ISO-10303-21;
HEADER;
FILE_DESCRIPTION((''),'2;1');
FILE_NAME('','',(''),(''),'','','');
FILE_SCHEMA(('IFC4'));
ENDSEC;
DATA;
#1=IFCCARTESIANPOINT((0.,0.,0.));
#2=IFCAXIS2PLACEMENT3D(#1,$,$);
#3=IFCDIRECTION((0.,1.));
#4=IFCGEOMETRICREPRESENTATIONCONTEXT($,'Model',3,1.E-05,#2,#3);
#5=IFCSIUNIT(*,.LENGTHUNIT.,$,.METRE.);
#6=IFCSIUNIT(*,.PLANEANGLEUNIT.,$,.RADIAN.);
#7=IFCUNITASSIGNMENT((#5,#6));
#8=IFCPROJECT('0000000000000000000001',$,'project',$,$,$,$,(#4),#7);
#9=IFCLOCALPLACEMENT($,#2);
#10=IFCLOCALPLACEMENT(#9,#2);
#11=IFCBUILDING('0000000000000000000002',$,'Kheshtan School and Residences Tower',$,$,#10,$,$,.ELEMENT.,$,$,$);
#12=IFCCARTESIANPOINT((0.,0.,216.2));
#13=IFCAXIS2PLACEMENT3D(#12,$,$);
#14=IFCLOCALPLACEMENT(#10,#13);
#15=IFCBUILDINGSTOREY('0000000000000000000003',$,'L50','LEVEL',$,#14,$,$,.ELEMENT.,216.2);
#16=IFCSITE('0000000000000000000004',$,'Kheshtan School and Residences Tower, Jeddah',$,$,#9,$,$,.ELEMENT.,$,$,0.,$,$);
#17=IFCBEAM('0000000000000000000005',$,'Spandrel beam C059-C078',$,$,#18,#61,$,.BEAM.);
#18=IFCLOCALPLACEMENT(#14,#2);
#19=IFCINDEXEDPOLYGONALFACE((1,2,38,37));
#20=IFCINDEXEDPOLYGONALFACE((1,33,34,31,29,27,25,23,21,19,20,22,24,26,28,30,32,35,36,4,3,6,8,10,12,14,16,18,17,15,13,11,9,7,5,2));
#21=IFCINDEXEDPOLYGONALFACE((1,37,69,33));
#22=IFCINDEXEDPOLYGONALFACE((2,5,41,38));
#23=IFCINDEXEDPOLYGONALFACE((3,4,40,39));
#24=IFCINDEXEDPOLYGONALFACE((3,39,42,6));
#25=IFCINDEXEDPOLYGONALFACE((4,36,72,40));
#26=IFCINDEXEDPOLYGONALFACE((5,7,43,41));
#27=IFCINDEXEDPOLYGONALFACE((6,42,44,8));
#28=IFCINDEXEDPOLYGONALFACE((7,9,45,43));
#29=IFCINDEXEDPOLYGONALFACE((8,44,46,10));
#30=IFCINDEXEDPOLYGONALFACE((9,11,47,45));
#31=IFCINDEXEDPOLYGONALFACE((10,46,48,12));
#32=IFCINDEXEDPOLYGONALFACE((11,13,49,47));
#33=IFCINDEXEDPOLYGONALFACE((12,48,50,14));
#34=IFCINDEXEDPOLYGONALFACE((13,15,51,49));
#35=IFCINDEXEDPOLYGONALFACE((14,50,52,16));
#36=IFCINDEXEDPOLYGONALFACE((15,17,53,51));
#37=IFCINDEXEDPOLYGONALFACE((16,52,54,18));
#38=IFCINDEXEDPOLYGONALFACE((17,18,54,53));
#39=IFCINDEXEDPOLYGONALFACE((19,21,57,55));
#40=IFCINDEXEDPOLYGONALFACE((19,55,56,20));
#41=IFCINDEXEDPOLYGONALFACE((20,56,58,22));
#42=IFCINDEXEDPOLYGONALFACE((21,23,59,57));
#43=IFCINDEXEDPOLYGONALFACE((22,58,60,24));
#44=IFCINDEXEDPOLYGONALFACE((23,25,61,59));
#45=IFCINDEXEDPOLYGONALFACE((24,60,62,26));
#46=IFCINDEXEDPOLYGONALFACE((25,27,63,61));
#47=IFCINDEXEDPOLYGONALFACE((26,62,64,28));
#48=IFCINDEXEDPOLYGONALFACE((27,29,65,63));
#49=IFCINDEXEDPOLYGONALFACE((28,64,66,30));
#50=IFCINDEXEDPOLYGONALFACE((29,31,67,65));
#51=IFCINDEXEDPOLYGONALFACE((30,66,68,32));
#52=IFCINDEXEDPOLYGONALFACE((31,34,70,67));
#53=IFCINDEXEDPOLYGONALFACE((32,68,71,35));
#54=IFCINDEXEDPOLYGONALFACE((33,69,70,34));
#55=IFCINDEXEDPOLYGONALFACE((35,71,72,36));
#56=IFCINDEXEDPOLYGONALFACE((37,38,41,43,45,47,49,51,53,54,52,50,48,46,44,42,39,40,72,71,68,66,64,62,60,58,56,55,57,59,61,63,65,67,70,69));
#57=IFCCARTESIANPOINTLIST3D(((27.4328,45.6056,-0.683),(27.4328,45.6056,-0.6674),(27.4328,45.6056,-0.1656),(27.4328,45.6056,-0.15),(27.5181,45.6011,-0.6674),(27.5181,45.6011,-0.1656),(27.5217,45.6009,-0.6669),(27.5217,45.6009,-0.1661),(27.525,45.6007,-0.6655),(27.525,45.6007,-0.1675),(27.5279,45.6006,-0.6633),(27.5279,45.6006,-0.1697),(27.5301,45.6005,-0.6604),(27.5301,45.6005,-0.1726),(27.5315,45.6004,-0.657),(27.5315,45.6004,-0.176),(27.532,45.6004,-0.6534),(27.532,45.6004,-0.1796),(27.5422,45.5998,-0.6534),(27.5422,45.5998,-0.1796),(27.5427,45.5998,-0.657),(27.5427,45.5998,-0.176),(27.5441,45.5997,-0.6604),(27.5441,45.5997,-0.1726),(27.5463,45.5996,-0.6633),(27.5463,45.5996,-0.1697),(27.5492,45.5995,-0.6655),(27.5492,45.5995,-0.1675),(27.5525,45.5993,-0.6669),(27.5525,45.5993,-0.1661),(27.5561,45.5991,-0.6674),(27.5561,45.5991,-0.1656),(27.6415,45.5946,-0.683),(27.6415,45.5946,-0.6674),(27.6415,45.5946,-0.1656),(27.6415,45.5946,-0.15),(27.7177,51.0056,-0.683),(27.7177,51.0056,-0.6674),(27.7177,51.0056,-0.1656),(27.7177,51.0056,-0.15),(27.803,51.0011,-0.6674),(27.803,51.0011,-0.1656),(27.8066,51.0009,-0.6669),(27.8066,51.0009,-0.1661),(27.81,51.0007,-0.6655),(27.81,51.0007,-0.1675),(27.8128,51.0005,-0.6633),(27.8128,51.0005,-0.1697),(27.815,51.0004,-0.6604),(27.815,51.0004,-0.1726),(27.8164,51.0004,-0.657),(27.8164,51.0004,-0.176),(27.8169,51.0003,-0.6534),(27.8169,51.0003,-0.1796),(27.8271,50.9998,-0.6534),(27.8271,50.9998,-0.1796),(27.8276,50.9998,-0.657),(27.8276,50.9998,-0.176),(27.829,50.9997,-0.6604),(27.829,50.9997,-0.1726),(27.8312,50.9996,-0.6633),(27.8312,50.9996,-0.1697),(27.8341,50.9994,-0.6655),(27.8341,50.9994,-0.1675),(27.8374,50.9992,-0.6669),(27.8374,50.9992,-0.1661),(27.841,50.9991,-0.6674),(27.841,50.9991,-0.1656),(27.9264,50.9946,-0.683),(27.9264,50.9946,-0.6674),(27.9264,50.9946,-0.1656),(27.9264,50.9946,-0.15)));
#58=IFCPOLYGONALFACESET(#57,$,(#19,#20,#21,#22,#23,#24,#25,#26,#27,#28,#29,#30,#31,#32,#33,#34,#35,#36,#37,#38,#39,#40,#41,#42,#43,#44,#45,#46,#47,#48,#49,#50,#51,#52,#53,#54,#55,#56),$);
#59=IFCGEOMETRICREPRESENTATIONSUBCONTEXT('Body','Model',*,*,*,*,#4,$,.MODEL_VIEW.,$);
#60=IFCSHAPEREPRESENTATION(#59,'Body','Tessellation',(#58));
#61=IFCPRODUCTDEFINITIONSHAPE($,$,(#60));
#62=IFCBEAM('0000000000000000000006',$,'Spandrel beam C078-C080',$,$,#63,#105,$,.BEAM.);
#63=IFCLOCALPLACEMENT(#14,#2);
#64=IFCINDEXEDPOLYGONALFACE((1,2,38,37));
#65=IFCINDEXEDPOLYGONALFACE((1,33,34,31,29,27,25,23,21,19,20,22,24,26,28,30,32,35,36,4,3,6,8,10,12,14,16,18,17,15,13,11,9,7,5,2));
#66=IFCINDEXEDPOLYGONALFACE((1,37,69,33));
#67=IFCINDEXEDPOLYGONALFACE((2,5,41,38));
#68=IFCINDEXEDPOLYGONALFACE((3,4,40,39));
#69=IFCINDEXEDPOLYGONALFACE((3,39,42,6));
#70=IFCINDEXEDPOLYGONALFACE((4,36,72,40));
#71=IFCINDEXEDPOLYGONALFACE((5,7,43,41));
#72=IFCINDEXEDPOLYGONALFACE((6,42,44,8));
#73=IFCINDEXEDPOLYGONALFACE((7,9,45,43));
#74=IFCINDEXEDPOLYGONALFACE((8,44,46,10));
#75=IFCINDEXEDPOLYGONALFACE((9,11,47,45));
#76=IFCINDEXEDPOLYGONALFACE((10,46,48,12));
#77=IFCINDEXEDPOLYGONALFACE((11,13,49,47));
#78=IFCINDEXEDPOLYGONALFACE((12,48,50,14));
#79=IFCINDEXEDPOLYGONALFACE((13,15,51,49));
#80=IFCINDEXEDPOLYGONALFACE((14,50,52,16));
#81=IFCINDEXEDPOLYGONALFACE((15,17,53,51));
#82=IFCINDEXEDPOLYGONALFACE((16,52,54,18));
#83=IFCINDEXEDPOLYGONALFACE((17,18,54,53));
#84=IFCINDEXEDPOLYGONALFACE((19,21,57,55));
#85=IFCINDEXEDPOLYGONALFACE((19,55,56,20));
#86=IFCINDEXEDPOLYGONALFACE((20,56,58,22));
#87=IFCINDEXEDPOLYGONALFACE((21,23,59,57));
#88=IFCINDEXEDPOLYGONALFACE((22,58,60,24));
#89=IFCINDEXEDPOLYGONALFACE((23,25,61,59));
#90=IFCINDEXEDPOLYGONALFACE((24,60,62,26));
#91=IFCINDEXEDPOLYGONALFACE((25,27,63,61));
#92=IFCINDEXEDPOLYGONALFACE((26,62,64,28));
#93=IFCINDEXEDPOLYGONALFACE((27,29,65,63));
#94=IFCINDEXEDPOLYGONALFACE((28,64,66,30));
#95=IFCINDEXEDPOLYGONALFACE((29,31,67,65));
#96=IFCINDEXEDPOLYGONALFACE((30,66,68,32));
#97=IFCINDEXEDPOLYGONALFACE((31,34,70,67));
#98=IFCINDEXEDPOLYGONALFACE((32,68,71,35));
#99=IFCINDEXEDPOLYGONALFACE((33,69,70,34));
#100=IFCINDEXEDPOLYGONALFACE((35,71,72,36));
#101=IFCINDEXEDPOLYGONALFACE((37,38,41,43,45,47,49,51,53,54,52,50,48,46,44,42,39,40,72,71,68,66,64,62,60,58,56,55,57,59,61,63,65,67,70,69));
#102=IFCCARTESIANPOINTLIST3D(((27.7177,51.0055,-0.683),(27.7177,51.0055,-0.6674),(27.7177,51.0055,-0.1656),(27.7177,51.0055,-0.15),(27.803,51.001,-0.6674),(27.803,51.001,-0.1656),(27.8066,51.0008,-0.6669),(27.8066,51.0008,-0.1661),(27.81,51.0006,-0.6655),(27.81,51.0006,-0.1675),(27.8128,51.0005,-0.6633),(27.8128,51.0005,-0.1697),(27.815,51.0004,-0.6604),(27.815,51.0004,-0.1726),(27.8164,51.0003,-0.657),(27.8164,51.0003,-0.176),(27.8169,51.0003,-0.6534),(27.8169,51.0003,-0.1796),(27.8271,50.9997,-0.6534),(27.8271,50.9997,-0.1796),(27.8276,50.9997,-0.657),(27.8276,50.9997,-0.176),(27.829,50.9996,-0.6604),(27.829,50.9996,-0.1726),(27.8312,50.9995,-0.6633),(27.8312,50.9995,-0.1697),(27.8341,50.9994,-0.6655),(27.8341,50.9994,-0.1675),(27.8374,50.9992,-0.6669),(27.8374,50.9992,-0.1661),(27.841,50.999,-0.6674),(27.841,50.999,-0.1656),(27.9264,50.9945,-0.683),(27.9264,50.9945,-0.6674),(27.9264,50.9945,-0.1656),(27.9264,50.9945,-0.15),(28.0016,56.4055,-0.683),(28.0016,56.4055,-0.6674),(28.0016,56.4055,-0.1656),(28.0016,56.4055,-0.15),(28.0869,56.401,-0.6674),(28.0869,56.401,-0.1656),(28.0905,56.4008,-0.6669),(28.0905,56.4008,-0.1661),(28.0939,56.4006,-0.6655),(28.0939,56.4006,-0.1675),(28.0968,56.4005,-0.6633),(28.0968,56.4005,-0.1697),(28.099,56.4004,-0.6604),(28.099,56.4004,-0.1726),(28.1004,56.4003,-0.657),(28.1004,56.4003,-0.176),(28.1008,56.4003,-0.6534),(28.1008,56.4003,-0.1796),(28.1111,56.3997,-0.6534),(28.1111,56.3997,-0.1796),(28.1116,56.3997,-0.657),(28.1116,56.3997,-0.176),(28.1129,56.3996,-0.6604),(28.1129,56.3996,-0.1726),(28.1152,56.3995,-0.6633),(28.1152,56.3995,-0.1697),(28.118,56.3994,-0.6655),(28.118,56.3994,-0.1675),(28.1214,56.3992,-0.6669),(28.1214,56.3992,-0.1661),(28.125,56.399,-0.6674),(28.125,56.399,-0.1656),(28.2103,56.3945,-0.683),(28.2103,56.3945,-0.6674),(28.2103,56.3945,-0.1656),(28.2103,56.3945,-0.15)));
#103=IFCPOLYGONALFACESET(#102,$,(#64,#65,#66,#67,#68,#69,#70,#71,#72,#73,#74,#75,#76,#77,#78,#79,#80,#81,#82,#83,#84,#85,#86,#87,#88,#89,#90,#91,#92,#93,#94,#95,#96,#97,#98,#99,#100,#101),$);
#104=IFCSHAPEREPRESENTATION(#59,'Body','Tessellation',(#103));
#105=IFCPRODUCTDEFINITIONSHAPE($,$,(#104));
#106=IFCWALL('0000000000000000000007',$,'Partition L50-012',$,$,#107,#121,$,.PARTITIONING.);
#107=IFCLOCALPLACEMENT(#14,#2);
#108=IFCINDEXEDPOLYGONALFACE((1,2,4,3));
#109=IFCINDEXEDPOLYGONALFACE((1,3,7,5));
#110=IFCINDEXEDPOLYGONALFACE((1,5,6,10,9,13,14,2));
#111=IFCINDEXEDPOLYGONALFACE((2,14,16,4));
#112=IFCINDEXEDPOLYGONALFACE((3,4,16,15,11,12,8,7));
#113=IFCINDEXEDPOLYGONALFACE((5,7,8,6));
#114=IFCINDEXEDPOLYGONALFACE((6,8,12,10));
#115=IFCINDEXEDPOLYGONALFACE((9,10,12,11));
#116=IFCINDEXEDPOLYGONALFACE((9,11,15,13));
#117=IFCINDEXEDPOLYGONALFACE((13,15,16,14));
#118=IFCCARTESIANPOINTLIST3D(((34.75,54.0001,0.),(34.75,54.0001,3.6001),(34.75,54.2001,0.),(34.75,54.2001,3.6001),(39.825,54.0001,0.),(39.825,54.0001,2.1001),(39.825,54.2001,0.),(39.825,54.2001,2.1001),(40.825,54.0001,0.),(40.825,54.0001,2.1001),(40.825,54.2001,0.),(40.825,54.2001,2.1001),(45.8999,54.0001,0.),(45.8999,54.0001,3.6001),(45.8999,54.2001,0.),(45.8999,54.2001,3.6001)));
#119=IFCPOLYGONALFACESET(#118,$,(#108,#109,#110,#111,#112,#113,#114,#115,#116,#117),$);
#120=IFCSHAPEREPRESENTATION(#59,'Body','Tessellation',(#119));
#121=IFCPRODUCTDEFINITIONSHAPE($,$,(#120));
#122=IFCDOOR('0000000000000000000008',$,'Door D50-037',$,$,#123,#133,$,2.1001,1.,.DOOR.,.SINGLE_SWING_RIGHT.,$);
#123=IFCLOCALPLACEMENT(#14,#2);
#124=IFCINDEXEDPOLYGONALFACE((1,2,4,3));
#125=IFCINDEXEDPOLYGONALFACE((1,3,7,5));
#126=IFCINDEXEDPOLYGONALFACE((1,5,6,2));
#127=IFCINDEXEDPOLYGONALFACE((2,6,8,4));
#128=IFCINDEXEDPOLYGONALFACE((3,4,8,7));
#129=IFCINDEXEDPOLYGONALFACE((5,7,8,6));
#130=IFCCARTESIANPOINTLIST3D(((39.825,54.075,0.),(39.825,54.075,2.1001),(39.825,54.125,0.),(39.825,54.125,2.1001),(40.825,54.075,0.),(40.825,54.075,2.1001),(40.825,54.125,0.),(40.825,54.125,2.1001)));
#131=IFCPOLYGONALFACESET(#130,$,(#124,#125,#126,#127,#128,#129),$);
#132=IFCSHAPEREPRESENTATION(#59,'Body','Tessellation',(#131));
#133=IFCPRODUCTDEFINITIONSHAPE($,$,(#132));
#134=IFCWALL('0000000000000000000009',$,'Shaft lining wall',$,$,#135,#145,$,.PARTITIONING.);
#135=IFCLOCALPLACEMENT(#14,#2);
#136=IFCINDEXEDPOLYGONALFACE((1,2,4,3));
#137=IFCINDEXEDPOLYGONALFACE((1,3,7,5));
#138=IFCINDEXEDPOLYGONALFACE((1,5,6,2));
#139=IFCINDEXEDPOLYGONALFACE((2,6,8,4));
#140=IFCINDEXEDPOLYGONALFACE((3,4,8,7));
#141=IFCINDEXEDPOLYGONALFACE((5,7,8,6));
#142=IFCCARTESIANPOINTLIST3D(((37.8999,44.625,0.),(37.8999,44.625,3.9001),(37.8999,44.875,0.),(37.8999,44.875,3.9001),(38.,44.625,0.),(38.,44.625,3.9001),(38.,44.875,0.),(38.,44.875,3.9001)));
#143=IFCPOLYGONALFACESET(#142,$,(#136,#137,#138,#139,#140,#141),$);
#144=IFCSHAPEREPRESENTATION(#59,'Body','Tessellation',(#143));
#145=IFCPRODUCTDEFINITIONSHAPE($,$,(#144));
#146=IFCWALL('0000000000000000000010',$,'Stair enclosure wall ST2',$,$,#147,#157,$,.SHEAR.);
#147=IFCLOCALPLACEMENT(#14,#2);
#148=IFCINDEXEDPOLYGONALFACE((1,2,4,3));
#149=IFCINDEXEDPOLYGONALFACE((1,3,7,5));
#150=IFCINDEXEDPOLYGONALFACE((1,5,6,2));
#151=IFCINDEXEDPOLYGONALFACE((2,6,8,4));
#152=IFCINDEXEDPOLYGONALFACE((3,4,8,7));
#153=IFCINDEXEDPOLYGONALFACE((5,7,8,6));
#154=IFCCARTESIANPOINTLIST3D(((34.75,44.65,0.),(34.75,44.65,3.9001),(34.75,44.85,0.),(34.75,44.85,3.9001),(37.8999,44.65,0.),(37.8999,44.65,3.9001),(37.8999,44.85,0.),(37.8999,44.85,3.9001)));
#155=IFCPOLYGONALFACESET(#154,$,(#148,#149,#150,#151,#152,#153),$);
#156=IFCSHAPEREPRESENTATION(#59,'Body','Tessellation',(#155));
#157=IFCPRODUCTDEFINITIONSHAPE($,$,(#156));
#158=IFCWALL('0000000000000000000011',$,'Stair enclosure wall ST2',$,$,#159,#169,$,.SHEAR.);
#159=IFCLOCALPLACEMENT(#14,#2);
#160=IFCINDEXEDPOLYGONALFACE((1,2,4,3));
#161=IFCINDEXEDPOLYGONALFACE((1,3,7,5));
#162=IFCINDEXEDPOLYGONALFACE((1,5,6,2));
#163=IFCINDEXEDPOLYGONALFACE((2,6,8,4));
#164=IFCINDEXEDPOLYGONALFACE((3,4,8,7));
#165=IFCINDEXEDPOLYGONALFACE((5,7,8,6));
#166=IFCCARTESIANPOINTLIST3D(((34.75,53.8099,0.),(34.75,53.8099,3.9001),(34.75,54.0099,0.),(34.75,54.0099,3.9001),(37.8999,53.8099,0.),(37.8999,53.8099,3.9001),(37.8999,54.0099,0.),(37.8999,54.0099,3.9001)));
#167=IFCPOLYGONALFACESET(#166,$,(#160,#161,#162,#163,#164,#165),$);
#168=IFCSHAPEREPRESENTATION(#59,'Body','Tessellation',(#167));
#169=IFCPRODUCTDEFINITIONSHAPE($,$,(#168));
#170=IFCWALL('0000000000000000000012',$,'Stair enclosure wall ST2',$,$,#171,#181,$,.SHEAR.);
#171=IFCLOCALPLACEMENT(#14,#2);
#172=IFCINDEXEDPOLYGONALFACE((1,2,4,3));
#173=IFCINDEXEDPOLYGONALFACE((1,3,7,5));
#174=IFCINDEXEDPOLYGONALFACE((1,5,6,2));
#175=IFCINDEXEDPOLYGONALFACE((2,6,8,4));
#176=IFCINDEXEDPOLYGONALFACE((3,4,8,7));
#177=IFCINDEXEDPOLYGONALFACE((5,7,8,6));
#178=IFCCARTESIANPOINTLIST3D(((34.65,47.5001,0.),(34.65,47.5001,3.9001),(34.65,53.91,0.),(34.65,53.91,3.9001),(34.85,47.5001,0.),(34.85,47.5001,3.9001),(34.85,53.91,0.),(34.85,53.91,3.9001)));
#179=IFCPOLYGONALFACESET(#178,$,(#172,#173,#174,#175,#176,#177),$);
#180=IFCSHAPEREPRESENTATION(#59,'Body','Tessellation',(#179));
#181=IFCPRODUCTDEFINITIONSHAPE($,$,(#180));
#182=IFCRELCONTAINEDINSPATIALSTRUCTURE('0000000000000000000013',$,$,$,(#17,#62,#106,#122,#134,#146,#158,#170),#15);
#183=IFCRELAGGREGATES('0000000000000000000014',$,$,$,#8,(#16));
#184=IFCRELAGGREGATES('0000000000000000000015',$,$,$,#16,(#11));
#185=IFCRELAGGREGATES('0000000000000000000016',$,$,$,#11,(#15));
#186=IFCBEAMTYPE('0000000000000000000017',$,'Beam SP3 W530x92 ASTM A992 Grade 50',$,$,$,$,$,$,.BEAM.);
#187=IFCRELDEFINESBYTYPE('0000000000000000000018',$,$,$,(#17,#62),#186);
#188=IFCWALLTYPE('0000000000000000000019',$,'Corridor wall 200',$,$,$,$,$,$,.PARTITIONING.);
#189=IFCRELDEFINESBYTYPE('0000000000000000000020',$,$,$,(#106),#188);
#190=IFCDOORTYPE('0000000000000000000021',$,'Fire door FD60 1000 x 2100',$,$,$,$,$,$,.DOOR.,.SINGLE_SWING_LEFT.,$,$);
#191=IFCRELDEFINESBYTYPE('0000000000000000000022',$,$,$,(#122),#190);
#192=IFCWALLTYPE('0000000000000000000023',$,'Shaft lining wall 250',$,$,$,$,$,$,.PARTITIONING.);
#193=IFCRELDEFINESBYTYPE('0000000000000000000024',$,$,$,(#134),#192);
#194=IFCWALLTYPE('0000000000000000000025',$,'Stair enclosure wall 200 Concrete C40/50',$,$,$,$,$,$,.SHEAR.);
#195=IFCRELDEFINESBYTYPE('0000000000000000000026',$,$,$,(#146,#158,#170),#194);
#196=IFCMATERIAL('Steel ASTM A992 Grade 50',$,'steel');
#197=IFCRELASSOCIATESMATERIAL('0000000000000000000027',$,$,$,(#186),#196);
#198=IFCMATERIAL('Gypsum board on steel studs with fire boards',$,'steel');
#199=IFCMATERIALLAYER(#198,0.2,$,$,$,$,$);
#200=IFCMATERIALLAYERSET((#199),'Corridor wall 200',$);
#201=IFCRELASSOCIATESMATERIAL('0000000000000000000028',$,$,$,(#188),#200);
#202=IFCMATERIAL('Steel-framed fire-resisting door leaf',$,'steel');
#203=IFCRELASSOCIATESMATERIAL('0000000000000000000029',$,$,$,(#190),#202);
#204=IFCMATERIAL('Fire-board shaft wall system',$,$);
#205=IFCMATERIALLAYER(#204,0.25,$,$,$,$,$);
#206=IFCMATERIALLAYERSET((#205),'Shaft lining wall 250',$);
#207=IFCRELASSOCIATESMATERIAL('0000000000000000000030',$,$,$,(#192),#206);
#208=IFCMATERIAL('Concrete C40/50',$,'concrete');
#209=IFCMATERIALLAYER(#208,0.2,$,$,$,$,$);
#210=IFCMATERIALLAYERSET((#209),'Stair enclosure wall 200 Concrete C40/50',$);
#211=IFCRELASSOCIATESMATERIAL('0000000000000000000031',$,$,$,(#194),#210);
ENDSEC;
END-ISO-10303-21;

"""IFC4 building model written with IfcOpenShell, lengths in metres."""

from ifc_helpers import new_model, si_unit, direction, frame, frame_2d, origin, origin_2d, place, context, subcontext, project, spatial, rectangle, i_section, extrude, source, transform, mapped, material, layer, layer_set, material_profile, profile_set, type_object, element, fill, save


model = new_model("IFC4")

# Units and contexts
model_context = context("Model", 3, precision=1e-05, world=origin(), true_north=direction((0.0, 1.0)))
body_context = subcontext(model_context, "Body", "Model", "MODEL_VIEW")
ifc_project = project(units=[si_unit("LENGTHUNIT", "METRE"), si_unit("PLANEANGLEUNIT", "RADIAN")], contexts=[model_context])

# Site, building, storey
site_placement = place(None, origin())
site = spatial("IfcSite", under=ifc_project, at=site_placement, Name="Kheshtan School and Residences Tower, Jeddah", CompositionType="ELEMENT", RefElevation=0.0)
building_placement = place(site_placement, origin())
building = spatial("IfcBuilding", under=site, at=building_placement, Name="Kheshtan School and Residences Tower", CompositionType="ELEMENT")
storey_placement = place(building_placement, frame((0.0, 0.0, 216.2)))
storey = spatial("IfcBuildingStorey", under=building, at=storey_placement, Name="L50", Description="LEVEL", CompositionType="ELEMENT", Elevation=216.2)

# Shared definitions
ifc_material_1 = material(Name="Steel ASTM A992 Grade 50", Category="steel")

# Beams
ifc_material_profile_1 = material_profile(ifc_material_1, i_section(OverallWidth=0.209, OverallDepth=0.533, WebThickness=0.0103, FlangeThickness=0.0156, FilletRadius=0.0139, at=origin_2d()), Name="W530x92")
ifc_profile_set_1 = profile_set([ifc_material_profile_1], Name="Steel ASTM A992 Grade 50")
beam_type_1 = type_object("IfcBeamType", Name="Beam SP3 W530x92 ASTM A992 Grade 50", PredefinedType="BEAM", material=ifc_profile_set_1)
for number, where, z_axis, x_axis, name in (
    (1, (27.5371, 45.6001, -0.4165), (0.052689, 0.998611, 0.0), (-0.998611, 0.052689, 0.0), "Spandrel beam C059-C078"),
    (2, (27.822, 51.0, -0.4165), (0.052509, 0.99862, 0.0), (-0.99862, 0.052509, 0.0), "Spandrel beam C078-C080"),
):
    element("IfcBeam", number, at=place(storey_placement, frame(where, z_axis=z_axis, x_axis=x_axis)), inside=storey, type_object=beam_type_1, Name=name, PredefinedType="BEAM", context=body_context, shape_type="SweptSolid", body=[
        extrude(i_section(OverallWidth=0.209, OverallDepth=0.533, WebThickness=0.0103, FlangeThickness=0.0156, FilletRadius=0.0139, at=origin_2d()), origin(), (0.0, 0.0, 1.0), 5.4075),
    ])

# Wall, opening, door
ifc_material_2 = material(Name="Gypsum board on steel studs with fire boards", Category="steel")
ifc_layer_1 = layer(ifc_material_2, 0.2)
ifc_layer_set_1 = layer_set([ifc_layer_1], Name="Corridor wall 200")
wall_type_1 = type_object("IfcWallType", Name="Corridor wall 200", PredefinedType="PARTITIONING", material=ifc_layer_set_1)
wall_1_placement = place(storey_placement, frame((34.75, 54.1001, 0.0), z_axis=(0.0, 0.0, 1.0), x_axis=(1.0, 0.0, 0.0)))
wall_1 = element("IfcWall", 3, at=wall_1_placement, inside=storey, type_object=wall_type_1, Name="Partition L50-012", PredefinedType="PARTITIONING", context=body_context, shape_type="SweptSolid", body=[
    extrude(rectangle(XDim=11.1499, YDim=0.2, at=frame_2d((5.575, 0.0))), origin(), (0.0, 0.0, 1.0), 3.6001),
])
opening_placement = place(wall_1_placement, frame((5.075, 0.0, 0.0)))
opening = element("IfcOpeningElement", 4, at=opening_placement, cuts=wall_1, PredefinedType="OPENING", context=body_context, shape_type="SweptSolid", body=[
    extrude(rectangle(XDim=1.0, YDim=2.1001, at=frame_2d((0.5, 1.05))), frame((0.0, 0.1099, 0.0), z_axis=(0.0, -1.0, 0.0), x_axis=(1.0, 0.0, 0.0)), (0.0, 0.0, 1.0), 0.22),
])
ifc_material_3 = material(Name="Steel-framed fire-resisting door leaf", Category="steel")
door_type = type_object("IfcDoorType", Name="Fire door FD60 1000 x 2100", OperationType="SINGLE_SWING_LEFT", PredefinedType="DOOR", material=ifc_material_3)
shared_shape = source(origin(), body_context, "Body", "SweptSolid", [
    extrude(rectangle(XDim=1.0, YDim=2.1001, at=frame_2d((0.5, 1.05))), frame((0.0, 0.0249, 0.0), z_axis=(0.0, -1.0, 0.0), x_axis=(1.0, 0.0, 0.0)), (0.0, 0.0, 1.0), 0.05),
])
door_placement = place(opening_placement, origin())
door = element("IfcDoor", 5, at=door_placement, inside=storey, type_object=door_type, Name="Door D50-037", OperationType="SINGLE_SWING_RIGHT", OverallHeight=2.1001, OverallWidth=1.0, PredefinedType="DOOR", context=body_context, shape_type="MappedRepresentation", body=[
    mapped(shared_shape, transform((0.0, 0.0, 0.0), x_axis=(1.0, 0.0, 0.0), y_axis=(0.0, 1.0, 0.0), z_axis=(0.0, 0.0, 1.0), scale=1.0)),
])
fill(opening, door)

# Walls
ifc_material_4 = material(Name="Fire-board shaft wall system")
ifc_layer_2 = layer(ifc_material_4, 0.25)
ifc_layer_set_2 = layer_set([ifc_layer_2], Name="Shaft lining wall 250")
wall_type_2 = type_object("IfcWallType", Name="Shaft lining wall 250", PredefinedType="PARTITIONING", material=ifc_layer_set_2)
wall_2_placement = place(storey_placement, frame((37.8999, 44.75, 0.0), z_axis=(0.0, 0.0, 1.0), x_axis=(1.0, 0.0, 0.0)))
element("IfcWall", 6, at=wall_2_placement, inside=storey, type_object=wall_type_2, Name="Shaft lining wall", PredefinedType="PARTITIONING", context=body_context, shape_type="SweptSolid", body=[
    extrude(rectangle(XDim=0.1001, YDim=0.25, at=frame_2d((0.05, 0.0))), origin(), (0.0, 0.0, 1.0), 3.9001),
])
ifc_material_5 = material(Name="Concrete C40/50", Category="concrete")
ifc_layer_3 = layer(ifc_material_5, 0.2)
ifc_layer_set_3 = layer_set([ifc_layer_3], Name="Stair enclosure wall 200 Concrete C40/50")
wall_type_3 = type_object("IfcWallType", Name="Stair enclosure wall 200 Concrete C40/50", PredefinedType="SHEAR", material=ifc_layer_set_3)
for number, where, z_axis, x_axis, name in (
    (7, (34.75, 44.75, 0.0), (0.0, 0.0, 1.0), (1.0, 0.0, 0.0), "Stair enclosure wall ST2"),
    (8, (34.75, 53.9099, 0.0), (0.0, 0.0, 1.0), (1.0, 0.0, 0.0), "Stair enclosure wall ST2"),
):
    element("IfcWall", number, at=place(storey_placement, frame(where, z_axis=z_axis, x_axis=x_axis)), inside=storey, type_object=wall_type_3, Name=name, PredefinedType="SHEAR", context=body_context, shape_type="SweptSolid", body=[
        extrude(rectangle(XDim=3.1499, YDim=0.2, at=frame_2d((1.575, 0.0))), origin(), (0.0, 0.0, 1.0), 3.9001),
    ])
wall_3_placement = place(storey_placement, frame((34.75, 47.5, 0.0), z_axis=(0.0, 0.0, 1.0), x_axis=(0.0, 1.0, 0.0)))
element("IfcWall", 9, at=wall_3_placement, inside=storey, type_object=wall_type_3, Name="Stair enclosure wall ST2", PredefinedType="SHEAR", context=body_context, shape_type="SweptSolid", body=[
    extrude(rectangle(XDim=6.4099, YDim=0.2, at=frame_2d((3.2051, 0.0))), origin(), (0.0, 0.0, 1.0), 3.9001),
])

save(model, "model.ifc")
